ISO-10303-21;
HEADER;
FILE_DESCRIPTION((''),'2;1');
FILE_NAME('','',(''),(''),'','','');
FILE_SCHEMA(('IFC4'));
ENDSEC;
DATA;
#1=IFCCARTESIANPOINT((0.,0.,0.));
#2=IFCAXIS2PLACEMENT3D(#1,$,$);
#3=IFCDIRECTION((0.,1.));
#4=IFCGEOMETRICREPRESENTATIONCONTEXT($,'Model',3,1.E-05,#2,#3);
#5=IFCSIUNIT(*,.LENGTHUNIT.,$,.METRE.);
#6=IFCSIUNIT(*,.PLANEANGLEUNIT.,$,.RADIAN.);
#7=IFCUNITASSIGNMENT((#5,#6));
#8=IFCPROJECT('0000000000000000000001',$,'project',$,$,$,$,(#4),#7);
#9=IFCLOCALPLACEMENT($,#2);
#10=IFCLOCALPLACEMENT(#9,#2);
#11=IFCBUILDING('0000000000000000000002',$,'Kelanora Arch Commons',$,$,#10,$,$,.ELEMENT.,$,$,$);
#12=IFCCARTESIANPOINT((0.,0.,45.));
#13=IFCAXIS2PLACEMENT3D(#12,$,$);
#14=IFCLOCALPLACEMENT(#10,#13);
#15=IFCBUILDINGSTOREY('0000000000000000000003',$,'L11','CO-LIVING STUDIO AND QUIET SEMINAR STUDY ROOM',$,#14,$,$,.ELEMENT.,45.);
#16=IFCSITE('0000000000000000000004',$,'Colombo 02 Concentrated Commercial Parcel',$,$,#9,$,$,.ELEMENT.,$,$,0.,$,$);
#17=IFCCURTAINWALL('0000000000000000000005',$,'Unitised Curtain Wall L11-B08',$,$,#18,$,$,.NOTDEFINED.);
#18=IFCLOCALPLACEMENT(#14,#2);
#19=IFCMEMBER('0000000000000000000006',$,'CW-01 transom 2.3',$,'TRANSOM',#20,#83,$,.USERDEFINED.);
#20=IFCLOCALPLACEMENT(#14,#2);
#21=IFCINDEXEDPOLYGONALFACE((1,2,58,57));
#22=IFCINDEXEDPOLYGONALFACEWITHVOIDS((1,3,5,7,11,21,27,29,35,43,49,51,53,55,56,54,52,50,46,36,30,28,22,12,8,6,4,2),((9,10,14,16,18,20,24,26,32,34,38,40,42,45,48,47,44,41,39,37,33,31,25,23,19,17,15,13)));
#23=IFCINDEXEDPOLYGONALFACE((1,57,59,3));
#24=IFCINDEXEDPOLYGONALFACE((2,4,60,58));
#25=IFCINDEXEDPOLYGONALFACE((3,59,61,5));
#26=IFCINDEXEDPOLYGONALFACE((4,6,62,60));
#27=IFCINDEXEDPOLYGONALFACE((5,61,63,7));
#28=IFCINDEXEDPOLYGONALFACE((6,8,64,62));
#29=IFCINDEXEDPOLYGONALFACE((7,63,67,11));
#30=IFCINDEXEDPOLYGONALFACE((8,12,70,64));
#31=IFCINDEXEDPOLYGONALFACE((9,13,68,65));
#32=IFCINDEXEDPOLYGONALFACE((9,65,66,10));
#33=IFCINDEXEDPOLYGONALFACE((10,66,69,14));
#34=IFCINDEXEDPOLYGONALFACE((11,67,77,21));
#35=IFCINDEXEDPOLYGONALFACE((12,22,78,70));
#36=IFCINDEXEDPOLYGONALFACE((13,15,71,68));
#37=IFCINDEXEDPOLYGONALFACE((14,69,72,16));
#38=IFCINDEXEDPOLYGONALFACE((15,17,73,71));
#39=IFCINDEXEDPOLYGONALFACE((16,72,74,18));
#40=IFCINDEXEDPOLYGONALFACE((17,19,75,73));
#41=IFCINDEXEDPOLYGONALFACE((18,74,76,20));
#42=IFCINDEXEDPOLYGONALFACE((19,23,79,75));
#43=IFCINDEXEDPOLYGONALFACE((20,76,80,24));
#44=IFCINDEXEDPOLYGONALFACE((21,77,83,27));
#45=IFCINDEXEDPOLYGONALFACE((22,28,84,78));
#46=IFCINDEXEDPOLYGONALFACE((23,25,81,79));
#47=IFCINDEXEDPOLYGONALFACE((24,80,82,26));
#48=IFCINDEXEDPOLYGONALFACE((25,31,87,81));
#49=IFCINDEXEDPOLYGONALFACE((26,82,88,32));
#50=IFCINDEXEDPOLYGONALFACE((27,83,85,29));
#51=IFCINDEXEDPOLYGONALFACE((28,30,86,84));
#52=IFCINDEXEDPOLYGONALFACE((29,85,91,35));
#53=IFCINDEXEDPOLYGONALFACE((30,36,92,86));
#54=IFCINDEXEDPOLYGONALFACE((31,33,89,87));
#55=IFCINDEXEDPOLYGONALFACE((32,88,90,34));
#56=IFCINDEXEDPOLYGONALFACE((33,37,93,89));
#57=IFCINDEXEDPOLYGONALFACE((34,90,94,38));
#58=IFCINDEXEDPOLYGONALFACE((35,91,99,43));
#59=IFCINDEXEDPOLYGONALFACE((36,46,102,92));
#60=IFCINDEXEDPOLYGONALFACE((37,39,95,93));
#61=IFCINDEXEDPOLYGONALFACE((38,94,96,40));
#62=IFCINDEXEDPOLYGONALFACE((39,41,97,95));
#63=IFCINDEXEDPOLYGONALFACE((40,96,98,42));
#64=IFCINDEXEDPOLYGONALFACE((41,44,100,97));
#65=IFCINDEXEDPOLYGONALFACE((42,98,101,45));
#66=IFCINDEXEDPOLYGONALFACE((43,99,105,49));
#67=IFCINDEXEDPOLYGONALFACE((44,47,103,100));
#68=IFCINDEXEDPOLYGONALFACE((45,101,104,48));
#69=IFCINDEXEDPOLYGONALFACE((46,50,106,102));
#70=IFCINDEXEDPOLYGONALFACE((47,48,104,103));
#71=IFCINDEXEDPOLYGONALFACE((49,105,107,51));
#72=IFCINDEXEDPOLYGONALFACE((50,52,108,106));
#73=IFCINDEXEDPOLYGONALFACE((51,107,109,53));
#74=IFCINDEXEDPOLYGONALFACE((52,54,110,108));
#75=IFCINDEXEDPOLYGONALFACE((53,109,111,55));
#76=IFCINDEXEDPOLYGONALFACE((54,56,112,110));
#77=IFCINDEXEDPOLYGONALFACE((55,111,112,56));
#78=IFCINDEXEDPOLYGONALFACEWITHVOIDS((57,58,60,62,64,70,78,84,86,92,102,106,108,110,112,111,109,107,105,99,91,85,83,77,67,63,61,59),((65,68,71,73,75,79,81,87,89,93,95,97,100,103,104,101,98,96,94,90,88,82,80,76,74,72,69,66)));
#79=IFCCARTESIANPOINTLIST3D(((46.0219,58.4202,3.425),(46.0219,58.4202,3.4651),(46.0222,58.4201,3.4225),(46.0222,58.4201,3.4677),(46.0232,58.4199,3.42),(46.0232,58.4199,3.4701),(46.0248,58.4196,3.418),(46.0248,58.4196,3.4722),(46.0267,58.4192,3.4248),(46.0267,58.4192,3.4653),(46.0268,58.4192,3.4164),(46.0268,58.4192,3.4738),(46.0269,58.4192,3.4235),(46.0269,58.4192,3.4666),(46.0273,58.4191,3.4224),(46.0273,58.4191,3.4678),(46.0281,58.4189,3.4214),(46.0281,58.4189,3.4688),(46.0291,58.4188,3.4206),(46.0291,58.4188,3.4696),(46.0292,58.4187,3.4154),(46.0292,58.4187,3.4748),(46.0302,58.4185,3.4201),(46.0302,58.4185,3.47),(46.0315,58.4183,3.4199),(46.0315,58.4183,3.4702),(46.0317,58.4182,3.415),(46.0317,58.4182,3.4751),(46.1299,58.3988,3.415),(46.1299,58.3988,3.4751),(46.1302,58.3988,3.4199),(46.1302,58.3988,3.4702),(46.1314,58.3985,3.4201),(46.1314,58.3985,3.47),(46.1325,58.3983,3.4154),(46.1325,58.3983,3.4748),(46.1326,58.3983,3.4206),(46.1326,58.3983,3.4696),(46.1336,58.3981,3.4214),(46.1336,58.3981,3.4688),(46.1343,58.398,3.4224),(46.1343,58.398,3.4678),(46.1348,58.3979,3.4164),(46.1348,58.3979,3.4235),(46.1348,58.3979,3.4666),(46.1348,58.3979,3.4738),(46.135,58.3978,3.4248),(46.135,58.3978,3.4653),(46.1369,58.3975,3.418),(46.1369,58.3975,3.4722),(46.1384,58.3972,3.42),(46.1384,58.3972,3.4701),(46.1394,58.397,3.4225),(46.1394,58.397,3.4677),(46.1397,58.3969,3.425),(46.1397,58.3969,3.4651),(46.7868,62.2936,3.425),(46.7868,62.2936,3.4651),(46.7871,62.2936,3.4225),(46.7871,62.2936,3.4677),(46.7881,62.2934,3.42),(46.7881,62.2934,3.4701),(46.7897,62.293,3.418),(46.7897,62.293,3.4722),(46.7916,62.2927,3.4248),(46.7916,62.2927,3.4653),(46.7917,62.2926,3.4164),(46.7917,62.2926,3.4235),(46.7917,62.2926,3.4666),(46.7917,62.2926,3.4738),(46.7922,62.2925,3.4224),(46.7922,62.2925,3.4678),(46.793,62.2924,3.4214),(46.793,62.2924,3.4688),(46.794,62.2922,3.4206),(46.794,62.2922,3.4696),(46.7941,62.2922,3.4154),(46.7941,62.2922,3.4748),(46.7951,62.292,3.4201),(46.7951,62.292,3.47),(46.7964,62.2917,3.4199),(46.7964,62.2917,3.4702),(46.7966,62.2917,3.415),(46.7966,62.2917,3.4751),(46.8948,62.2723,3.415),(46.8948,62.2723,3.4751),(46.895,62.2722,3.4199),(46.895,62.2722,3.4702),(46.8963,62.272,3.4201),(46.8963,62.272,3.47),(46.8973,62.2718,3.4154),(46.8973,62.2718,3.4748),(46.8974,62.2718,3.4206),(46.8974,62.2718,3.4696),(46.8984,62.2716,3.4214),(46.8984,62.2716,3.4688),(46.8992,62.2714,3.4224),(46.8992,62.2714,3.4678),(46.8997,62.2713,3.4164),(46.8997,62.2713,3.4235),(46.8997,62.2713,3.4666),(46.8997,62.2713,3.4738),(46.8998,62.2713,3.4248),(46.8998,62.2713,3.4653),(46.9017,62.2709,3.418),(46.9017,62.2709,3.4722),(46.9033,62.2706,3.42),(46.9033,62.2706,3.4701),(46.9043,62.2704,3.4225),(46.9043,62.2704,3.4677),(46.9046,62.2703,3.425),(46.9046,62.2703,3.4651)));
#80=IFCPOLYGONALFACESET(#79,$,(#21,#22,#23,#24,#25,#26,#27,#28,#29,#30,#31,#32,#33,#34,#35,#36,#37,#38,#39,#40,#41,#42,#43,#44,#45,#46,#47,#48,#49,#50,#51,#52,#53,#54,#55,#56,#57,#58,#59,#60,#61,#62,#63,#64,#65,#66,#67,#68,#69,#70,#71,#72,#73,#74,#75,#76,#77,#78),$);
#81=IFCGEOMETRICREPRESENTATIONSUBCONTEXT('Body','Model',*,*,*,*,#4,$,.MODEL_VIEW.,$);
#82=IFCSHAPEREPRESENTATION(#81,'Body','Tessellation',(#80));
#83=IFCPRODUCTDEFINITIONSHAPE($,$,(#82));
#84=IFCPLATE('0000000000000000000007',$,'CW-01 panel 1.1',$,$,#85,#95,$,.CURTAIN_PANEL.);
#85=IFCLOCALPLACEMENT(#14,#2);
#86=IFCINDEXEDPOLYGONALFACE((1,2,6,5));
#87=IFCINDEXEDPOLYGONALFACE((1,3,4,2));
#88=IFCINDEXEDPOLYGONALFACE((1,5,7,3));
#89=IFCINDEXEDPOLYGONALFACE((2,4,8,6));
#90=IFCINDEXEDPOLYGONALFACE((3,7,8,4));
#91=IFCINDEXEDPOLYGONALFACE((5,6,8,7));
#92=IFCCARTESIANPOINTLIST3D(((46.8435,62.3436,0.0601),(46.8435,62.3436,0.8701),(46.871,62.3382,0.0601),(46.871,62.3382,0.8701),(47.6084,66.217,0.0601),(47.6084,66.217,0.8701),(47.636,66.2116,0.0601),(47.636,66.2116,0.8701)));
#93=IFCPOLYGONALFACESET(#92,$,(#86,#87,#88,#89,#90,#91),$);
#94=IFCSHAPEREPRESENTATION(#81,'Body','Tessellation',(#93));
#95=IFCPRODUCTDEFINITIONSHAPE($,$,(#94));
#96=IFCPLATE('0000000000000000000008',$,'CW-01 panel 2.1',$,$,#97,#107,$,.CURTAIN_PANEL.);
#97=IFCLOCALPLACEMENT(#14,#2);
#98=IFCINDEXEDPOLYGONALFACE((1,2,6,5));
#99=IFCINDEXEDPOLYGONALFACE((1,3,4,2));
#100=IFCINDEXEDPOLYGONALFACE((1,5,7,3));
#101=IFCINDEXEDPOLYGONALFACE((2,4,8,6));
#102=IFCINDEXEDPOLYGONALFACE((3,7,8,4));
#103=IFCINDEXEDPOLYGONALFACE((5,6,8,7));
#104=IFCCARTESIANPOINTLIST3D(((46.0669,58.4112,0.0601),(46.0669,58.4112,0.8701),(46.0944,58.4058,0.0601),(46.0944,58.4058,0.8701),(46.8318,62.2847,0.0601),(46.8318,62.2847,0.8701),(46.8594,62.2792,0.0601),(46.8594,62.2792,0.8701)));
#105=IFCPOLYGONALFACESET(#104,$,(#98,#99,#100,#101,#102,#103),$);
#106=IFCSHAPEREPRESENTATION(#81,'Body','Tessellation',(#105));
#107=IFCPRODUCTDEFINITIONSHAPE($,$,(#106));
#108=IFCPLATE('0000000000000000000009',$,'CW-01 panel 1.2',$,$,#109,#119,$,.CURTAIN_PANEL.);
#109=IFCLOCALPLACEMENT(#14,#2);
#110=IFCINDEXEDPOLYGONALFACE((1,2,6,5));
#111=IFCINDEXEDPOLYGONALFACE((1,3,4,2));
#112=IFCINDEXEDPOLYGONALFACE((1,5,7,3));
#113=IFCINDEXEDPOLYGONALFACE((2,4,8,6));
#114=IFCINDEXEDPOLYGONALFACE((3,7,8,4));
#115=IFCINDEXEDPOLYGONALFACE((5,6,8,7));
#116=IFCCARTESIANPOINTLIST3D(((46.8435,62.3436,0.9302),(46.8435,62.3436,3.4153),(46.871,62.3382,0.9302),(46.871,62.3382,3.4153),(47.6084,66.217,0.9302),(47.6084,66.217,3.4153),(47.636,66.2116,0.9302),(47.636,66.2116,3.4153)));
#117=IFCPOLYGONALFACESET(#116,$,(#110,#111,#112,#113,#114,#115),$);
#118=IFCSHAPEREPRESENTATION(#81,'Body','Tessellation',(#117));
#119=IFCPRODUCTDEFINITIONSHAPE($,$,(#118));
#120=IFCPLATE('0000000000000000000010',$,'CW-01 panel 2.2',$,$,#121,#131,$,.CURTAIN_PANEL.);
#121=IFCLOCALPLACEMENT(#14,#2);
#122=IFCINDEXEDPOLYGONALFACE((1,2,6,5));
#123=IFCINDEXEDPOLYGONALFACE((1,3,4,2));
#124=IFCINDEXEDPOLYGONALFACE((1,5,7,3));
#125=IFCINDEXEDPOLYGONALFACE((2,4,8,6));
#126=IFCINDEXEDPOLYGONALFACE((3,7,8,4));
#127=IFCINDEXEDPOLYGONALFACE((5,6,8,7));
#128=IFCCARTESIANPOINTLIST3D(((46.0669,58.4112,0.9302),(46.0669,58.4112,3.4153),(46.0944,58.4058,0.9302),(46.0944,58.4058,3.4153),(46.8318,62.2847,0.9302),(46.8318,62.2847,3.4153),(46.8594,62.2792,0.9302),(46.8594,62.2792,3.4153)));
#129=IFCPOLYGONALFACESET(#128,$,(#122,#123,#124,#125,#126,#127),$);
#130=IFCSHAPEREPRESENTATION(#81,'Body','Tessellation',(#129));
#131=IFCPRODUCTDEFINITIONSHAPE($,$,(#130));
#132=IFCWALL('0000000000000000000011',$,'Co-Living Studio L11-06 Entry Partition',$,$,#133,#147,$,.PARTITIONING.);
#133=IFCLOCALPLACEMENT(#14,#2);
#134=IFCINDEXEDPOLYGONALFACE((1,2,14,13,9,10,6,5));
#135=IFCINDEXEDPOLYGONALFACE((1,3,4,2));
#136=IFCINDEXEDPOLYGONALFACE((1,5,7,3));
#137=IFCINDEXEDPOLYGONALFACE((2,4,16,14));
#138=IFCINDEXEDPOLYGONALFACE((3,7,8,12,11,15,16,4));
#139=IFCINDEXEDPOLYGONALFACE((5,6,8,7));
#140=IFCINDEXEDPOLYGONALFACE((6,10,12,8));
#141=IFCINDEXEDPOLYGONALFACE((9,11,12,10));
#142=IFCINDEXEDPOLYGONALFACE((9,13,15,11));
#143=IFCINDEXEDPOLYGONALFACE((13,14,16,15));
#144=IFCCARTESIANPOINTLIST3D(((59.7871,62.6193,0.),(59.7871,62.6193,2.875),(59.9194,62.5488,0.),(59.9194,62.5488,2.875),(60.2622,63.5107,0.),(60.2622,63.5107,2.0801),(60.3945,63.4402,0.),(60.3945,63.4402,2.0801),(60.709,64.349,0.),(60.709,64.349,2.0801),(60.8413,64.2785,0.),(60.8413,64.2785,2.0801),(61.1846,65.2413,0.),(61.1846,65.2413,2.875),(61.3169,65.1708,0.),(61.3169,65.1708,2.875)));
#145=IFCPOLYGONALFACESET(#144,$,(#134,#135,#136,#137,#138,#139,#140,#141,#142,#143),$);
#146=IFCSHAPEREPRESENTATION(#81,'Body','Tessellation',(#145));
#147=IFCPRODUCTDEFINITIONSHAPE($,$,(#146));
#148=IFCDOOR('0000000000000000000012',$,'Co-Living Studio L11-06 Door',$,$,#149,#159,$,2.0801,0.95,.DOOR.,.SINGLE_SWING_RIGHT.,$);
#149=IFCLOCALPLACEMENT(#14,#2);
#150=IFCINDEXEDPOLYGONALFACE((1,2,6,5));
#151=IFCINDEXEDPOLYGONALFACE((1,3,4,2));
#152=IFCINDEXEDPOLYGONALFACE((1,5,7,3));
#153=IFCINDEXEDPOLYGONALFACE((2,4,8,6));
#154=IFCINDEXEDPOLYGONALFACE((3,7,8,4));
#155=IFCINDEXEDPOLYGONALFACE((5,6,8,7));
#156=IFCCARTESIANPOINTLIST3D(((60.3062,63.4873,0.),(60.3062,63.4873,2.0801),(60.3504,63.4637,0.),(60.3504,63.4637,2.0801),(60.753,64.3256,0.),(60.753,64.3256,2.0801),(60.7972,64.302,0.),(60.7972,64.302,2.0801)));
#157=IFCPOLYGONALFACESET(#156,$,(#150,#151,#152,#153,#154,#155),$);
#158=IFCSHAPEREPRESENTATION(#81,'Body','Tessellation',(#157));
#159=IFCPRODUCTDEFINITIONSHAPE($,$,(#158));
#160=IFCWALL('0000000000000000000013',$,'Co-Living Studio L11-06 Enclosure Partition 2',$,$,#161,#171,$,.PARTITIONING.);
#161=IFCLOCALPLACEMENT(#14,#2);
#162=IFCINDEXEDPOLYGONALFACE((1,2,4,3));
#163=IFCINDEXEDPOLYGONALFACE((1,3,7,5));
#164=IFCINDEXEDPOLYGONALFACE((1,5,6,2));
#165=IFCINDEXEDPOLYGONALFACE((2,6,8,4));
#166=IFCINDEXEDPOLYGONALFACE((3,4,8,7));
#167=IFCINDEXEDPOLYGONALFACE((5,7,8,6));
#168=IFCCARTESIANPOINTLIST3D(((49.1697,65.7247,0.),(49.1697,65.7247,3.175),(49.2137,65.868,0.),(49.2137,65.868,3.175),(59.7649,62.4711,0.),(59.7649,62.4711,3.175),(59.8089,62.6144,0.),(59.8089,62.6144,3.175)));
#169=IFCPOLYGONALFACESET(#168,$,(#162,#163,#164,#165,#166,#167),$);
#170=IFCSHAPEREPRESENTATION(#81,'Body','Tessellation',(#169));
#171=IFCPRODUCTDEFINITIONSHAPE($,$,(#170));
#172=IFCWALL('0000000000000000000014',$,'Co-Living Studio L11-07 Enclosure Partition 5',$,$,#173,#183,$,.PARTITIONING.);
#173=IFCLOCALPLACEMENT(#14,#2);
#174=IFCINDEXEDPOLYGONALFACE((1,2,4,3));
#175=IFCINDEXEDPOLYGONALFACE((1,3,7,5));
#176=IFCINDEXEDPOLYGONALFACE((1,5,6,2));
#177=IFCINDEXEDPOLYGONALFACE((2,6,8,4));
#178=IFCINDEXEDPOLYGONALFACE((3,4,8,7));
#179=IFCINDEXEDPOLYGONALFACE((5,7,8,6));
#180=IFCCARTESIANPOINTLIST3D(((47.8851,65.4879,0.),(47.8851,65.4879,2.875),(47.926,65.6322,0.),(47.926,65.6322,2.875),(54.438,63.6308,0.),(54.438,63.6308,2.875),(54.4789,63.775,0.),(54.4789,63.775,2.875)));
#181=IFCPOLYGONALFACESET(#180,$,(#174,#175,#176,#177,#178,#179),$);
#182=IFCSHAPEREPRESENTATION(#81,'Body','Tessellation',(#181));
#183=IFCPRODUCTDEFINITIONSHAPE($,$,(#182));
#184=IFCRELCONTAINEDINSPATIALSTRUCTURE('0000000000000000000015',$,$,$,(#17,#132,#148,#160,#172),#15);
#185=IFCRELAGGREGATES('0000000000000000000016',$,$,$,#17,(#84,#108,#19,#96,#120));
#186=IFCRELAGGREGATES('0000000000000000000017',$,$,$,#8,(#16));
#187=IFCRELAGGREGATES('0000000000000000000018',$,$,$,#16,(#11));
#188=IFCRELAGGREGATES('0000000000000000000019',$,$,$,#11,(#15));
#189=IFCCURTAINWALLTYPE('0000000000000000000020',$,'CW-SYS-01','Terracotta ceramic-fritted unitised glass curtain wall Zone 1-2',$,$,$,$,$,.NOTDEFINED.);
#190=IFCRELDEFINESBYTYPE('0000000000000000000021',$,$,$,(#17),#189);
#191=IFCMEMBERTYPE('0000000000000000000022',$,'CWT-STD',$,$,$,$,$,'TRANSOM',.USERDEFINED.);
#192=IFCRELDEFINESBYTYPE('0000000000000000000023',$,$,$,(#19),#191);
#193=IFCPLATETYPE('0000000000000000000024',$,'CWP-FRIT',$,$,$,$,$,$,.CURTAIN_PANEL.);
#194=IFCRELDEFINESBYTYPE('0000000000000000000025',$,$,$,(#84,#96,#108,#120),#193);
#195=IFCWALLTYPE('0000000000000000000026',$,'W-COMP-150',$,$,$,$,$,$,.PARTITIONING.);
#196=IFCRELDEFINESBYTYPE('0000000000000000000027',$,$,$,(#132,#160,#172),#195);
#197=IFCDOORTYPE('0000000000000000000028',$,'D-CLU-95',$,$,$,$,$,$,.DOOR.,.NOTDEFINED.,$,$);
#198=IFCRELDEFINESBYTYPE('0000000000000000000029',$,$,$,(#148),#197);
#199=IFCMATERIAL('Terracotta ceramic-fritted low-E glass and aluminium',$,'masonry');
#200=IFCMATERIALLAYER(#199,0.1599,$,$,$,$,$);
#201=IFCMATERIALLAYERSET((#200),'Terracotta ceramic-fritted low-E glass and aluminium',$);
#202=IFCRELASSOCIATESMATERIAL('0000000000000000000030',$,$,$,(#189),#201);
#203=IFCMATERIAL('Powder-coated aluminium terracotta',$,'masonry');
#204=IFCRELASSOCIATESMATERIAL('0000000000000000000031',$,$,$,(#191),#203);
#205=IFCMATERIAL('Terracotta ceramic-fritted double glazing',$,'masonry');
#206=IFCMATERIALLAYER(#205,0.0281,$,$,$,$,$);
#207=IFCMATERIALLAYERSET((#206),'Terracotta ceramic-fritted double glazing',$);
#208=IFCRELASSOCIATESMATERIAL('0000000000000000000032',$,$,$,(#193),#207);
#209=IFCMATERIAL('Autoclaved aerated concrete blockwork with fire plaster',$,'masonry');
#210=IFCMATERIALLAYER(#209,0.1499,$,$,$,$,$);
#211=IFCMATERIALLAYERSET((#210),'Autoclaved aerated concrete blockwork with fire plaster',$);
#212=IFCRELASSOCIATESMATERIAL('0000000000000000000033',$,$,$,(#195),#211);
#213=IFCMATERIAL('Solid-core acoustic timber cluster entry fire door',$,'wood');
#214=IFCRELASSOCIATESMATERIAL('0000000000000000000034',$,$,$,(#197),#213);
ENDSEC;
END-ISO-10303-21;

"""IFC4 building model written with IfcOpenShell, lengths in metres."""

from ifc_helpers import new_model, si_unit, direction, frame, frame_2d, origin, origin_2d, place, context, subcontext, project, spatial, rectangle, hollow_rectangle, extrude, source, transform, mapped, material, layer, layer_set, material_profile, profile_set, type_object, element, fill, aggregate, save


model = new_model("IFC4")

# Units and contexts
model_context = context("Model", 3, precision=1e-05, world=origin(), true_north=direction((0.0, 1.0)))
body_context = subcontext(model_context, "Body", "Model", "MODEL_VIEW")
ifc_project = project(units=[si_unit("LENGTHUNIT", "METRE"), si_unit("PLANEANGLEUNIT", "RADIAN")], contexts=[model_context])

# Site, building, storey
site_placement = place(None, origin())
site = spatial("IfcSite", under=ifc_project, at=site_placement, Name="Colombo 02 Concentrated Commercial Parcel", CompositionType="ELEMENT", RefElevation=0.0)
building_placement = place(site_placement, origin())
building = spatial("IfcBuilding", under=site, at=building_placement, Name="Kelanora Arch Commons", CompositionType="ELEMENT")
storey_placement = place(building_placement, frame((0.0, 0.0, 45.0)))
storey = spatial("IfcBuildingStorey", under=building, at=storey_placement, Name="L11", Description="CO-LIVING STUDIO AND QUIET SEMINAR STUDY ROOM", CompositionType="ELEMENT", Elevation=45.0)

# Curtain wall, member, plates
ifc_material_1 = material(Name="Terracotta ceramic-fritted low-E glass and aluminium", Category="masonry")
ifc_layer_1 = layer(ifc_material_1, 0.1599)
ifc_layer_set_1 = layer_set([ifc_layer_1], Name="Terracotta ceramic-fritted low-E glass and aluminium")
curtain_wall_type = type_object("IfcCurtainWallType", Name="CW-SYS-01", Description="Terracotta ceramic-fritted unitised glass curtain wall Zone 1-2", PredefinedType="NOTDEFINED", material=ifc_layer_set_1)
curtain_wall_placement = place(storey_placement, origin())
curtain_wall = element("IfcCurtainWall", 1, at=curtain_wall_placement, inside=storey, type_object=curtain_wall_type, Name="Unitised Curtain Wall L11-B08", PredefinedType="NOTDEFINED")
ifc_material_2 = material(Name="Powder-coated aluminium terracotta", Category="masonry")
ifc_material_profile_1 = material_profile(ifc_material_2, hollow_rectangle(XDim=0.1201, YDim=0.0601, WallThickness=0.0049, InnerFilletRadius=0.0049, OuterFilletRadius=0.01, at=origin_2d()), Name="CWT120x60")
ifc_profile_set_1 = profile_set([ifc_material_profile_1], Name="Powder-coated aluminium terracotta")
member_type_1 = type_object("IfcMemberType", Name="CWT-STD", ElementType="TRANSOM", PredefinedType="USERDEFINED", material=ifc_profile_set_1)
member_1_placement = place(storey_placement, frame((46.8457, 62.282, 3.4451), z_axis=(-0.193725, -0.981056, 0.0), x_axis=(0.981056, -0.193725, 0.0)))
member_1 = element("IfcMember", 2, at=member_1_placement, type_object=member_type_1, Name="CW-01 transom 2.3", ObjectType="TRANSOM", PredefinedType="USERDEFINED", context=body_context, shape_type="SweptSolid", body=[
    extrude(hollow_rectangle(XDim=0.1201, YDim=0.0601, WallThickness=0.0049, InnerFilletRadius=0.0049, OuterFilletRadius=0.01, at=origin_2d()), origin(), (0.0, 0.0, 1.0), 3.9482),
])
ifc_material_3 = material(Name="Terracotta ceramic-fritted double glazing", Category="masonry")
ifc_layer_2 = layer(ifc_material_3, 0.0281)
ifc_layer_set_2 = layer_set([ifc_layer_2], Name="Terracotta ceramic-fritted double glazing")
plate_type = type_object("IfcPlateType", Name="CWP-FRIT", PredefinedType="CURTAIN_PANEL", material=ifc_layer_set_2)
shared_shape_1 = source(origin(), body_context, "Body", "SweptSolid", [
    extrude(rectangle(XDim=3.9482, YDim=0.0281, at=origin_2d()), origin(), (0.0, 0.0, 1.0), 0.8101),
])
plate_1_placement = place(storey_placement, frame((47.2397, 64.2776, 0.0601), z_axis=(0.0, 0.0, 1.0), x_axis=(-0.193744, -0.981052, 0.0)))
plate_1 = element("IfcPlate", 3, at=plate_1_placement, type_object=plate_type, Name="CW-01 panel 1.1", PredefinedType="CURTAIN_PANEL", context=body_context, shape_type="MappedRepresentation", body=[
    mapped(shared_shape_1, transform((0.0, 0.0, 0.0), scale=1.0)),
])
plate_2_placement = place(storey_placement, frame((46.4631, 60.3452, 0.0601), z_axis=(0.0, 0.0, 1.0), x_axis=(-0.193744, -0.981052, 0.0)))
plate_2 = element("IfcPlate", 4, at=plate_2_placement, type_object=plate_type, Name="CW-01 panel 2.1", PredefinedType="CURTAIN_PANEL", context=body_context, shape_type="MappedRepresentation", body=[
    mapped(shared_shape_1, transform((0.0, 0.0, 0.0), scale=1.0)),
])
shared_shape_2 = source(origin(), body_context, "Body", "SweptSolid", [
    extrude(rectangle(XDim=3.9482, YDim=0.0281, at=origin_2d()), origin(), (0.0, 0.0, 1.0), 2.4851),
])
plate_3_placement = place(storey_placement, frame((47.2397, 64.2776, 0.9302), z_axis=(0.0, 0.0, 1.0), x_axis=(-0.193744, -0.981052, 0.0)))
plate_3 = element("IfcPlate", 5, at=plate_3_placement, type_object=plate_type, Name="CW-01 panel 1.2", PredefinedType="CURTAIN_PANEL", context=body_context, shape_type="MappedRepresentation", body=[
    mapped(shared_shape_2, transform((0.0, 0.0, 0.0), scale=1.0)),
])
plate_4_placement = place(storey_placement, frame((46.4631, 60.3452, 0.9302), z_axis=(0.0, 0.0, 1.0), x_axis=(-0.193744, -0.981052, 0.0)))
plate_4 = element("IfcPlate", 6, at=plate_4_placement, type_object=plate_type, Name="CW-01 panel 2.2", PredefinedType="CURTAIN_PANEL", context=body_context, shape_type="MappedRepresentation", body=[
    mapped(shared_shape_2, transform((0.0, 0.0, 0.0), scale=1.0)),
])
aggregate(curtain_wall, [plate_1, plate_3, member_1, plate_2, plate_4])

# Wall, opening, door
ifc_material_4 = material(Name="Autoclaved aerated concrete blockwork with fire plaster", Category="masonry")
ifc_layer_3 = layer(ifc_material_4, 0.1499)
ifc_layer_set_3 = layer_set([ifc_layer_3], Name="Autoclaved aerated concrete blockwork with fire plaster")
wall_type_1 = type_object("IfcWallType", Name="W-COMP-150", PredefinedType="PARTITIONING", material=ifc_layer_set_3)
wall_1_placement = place(storey_placement, frame((61.2507, 65.2061, 0.0), z_axis=(0.0, 0.0, 1.0), x_axis=(-0.470332, -0.882489, 0.0)))
wall_1 = element("IfcWall", 7, at=wall_1_placement, inside=storey, type_object=wall_type_1, Name="Co-Living Studio L11-06 Entry Partition", PredefinedType="PARTITIONING", context=body_context, shape_type="SweptSolid", body=[
    extrude(rectangle(XDim=2.9712, YDim=0.1499, at=frame_2d((1.4856, 0.0))), origin(), (0.0, 0.0, 1.0), 2.875),
])
opening_1_placement = place(wall_1_placement, frame((1.011, 0.0, 0.0)))
opening_1 = element("IfcOpeningElement", 8, at=opening_1_placement, cuts=wall_1, PredefinedType="OPENING", context=body_context, shape_type="SweptSolid", body=[
    extrude(rectangle(XDim=0.95, YDim=2.0801, at=frame_2d((0.4751, 1.04))), frame((0.0, 0.085, 0.0), z_axis=(0.0, -1.0, 0.0), x_axis=(1.0, 0.0, 0.0)), (0.0, 0.0, 1.0), 0.1699),
])
ifc_material_5 = material(Name="Solid-core acoustic timber cluster entry fire door", Category="wood")
door_type_1 = type_object("IfcDoorType", Name="D-CLU-95", OperationType="NOTDEFINED", PredefinedType="DOOR", material=ifc_material_5)
door_1_placement = place(opening_1_placement, origin())
door_1 = element("IfcDoor", 9, at=door_1_placement, inside=storey, type_object=door_type_1, Name="Co-Living Studio L11-06 Door", OperationType="SINGLE_SWING_RIGHT", OverallHeight=2.0801, OverallWidth=0.95, PredefinedType="DOOR", context=body_context, shape_type="SweptSolid", body=[
    extrude(rectangle(XDim=0.95, YDim=2.0801, at=frame_2d((0.4751, 1.04))), frame((0.0, 0.0249, 0.0), z_axis=(0.0, -1.0, 0.0), x_axis=(1.0, 0.0, 0.0)), (0.0, 0.0, 1.0), 0.05),
])
fill(opening_1, door_1)

# Walls
wall_2_placement = place(storey_placement, frame((59.7869, 62.5427, 0.0), z_axis=(0.0, 0.0, 1.0), x_axis=(-0.955941, 0.293558, 0.0)))
element("IfcWall", 10, at=wall_2_placement, inside=storey, type_object=wall_type_1, Name="Co-Living Studio L11-06 Enclosure Partition 2", PredefinedType="PARTITIONING", context=body_context, shape_type="SweptSolid", body=[
    extrude(rectangle(XDim=11.0835, YDim=0.1499, at=frame_2d((5.5417, 0.0))), origin(), (0.0, 0.0, 1.0), 3.175),
])
wall_3_placement = place(storey_placement, frame((47.9055, 65.5601, 0.0), z_axis=(0.0, 0.0, 1.0), x_axis=(0.962107, -0.272671, 0.0)))
element("IfcWall", 11, at=wall_3_placement, inside=storey, type_object=wall_type_1, Name="Co-Living Studio L11-07 Enclosure Partition 5", PredefinedType="PARTITIONING", context=body_context, shape_type="SweptSolid", body=[
    extrude(rectangle(XDim=6.811, YDim=0.1499, at=frame_2d((3.4055, 0.0))), origin(), (0.0, 0.0, 1.0), 2.875),
])

save(model, "model.ifc")
